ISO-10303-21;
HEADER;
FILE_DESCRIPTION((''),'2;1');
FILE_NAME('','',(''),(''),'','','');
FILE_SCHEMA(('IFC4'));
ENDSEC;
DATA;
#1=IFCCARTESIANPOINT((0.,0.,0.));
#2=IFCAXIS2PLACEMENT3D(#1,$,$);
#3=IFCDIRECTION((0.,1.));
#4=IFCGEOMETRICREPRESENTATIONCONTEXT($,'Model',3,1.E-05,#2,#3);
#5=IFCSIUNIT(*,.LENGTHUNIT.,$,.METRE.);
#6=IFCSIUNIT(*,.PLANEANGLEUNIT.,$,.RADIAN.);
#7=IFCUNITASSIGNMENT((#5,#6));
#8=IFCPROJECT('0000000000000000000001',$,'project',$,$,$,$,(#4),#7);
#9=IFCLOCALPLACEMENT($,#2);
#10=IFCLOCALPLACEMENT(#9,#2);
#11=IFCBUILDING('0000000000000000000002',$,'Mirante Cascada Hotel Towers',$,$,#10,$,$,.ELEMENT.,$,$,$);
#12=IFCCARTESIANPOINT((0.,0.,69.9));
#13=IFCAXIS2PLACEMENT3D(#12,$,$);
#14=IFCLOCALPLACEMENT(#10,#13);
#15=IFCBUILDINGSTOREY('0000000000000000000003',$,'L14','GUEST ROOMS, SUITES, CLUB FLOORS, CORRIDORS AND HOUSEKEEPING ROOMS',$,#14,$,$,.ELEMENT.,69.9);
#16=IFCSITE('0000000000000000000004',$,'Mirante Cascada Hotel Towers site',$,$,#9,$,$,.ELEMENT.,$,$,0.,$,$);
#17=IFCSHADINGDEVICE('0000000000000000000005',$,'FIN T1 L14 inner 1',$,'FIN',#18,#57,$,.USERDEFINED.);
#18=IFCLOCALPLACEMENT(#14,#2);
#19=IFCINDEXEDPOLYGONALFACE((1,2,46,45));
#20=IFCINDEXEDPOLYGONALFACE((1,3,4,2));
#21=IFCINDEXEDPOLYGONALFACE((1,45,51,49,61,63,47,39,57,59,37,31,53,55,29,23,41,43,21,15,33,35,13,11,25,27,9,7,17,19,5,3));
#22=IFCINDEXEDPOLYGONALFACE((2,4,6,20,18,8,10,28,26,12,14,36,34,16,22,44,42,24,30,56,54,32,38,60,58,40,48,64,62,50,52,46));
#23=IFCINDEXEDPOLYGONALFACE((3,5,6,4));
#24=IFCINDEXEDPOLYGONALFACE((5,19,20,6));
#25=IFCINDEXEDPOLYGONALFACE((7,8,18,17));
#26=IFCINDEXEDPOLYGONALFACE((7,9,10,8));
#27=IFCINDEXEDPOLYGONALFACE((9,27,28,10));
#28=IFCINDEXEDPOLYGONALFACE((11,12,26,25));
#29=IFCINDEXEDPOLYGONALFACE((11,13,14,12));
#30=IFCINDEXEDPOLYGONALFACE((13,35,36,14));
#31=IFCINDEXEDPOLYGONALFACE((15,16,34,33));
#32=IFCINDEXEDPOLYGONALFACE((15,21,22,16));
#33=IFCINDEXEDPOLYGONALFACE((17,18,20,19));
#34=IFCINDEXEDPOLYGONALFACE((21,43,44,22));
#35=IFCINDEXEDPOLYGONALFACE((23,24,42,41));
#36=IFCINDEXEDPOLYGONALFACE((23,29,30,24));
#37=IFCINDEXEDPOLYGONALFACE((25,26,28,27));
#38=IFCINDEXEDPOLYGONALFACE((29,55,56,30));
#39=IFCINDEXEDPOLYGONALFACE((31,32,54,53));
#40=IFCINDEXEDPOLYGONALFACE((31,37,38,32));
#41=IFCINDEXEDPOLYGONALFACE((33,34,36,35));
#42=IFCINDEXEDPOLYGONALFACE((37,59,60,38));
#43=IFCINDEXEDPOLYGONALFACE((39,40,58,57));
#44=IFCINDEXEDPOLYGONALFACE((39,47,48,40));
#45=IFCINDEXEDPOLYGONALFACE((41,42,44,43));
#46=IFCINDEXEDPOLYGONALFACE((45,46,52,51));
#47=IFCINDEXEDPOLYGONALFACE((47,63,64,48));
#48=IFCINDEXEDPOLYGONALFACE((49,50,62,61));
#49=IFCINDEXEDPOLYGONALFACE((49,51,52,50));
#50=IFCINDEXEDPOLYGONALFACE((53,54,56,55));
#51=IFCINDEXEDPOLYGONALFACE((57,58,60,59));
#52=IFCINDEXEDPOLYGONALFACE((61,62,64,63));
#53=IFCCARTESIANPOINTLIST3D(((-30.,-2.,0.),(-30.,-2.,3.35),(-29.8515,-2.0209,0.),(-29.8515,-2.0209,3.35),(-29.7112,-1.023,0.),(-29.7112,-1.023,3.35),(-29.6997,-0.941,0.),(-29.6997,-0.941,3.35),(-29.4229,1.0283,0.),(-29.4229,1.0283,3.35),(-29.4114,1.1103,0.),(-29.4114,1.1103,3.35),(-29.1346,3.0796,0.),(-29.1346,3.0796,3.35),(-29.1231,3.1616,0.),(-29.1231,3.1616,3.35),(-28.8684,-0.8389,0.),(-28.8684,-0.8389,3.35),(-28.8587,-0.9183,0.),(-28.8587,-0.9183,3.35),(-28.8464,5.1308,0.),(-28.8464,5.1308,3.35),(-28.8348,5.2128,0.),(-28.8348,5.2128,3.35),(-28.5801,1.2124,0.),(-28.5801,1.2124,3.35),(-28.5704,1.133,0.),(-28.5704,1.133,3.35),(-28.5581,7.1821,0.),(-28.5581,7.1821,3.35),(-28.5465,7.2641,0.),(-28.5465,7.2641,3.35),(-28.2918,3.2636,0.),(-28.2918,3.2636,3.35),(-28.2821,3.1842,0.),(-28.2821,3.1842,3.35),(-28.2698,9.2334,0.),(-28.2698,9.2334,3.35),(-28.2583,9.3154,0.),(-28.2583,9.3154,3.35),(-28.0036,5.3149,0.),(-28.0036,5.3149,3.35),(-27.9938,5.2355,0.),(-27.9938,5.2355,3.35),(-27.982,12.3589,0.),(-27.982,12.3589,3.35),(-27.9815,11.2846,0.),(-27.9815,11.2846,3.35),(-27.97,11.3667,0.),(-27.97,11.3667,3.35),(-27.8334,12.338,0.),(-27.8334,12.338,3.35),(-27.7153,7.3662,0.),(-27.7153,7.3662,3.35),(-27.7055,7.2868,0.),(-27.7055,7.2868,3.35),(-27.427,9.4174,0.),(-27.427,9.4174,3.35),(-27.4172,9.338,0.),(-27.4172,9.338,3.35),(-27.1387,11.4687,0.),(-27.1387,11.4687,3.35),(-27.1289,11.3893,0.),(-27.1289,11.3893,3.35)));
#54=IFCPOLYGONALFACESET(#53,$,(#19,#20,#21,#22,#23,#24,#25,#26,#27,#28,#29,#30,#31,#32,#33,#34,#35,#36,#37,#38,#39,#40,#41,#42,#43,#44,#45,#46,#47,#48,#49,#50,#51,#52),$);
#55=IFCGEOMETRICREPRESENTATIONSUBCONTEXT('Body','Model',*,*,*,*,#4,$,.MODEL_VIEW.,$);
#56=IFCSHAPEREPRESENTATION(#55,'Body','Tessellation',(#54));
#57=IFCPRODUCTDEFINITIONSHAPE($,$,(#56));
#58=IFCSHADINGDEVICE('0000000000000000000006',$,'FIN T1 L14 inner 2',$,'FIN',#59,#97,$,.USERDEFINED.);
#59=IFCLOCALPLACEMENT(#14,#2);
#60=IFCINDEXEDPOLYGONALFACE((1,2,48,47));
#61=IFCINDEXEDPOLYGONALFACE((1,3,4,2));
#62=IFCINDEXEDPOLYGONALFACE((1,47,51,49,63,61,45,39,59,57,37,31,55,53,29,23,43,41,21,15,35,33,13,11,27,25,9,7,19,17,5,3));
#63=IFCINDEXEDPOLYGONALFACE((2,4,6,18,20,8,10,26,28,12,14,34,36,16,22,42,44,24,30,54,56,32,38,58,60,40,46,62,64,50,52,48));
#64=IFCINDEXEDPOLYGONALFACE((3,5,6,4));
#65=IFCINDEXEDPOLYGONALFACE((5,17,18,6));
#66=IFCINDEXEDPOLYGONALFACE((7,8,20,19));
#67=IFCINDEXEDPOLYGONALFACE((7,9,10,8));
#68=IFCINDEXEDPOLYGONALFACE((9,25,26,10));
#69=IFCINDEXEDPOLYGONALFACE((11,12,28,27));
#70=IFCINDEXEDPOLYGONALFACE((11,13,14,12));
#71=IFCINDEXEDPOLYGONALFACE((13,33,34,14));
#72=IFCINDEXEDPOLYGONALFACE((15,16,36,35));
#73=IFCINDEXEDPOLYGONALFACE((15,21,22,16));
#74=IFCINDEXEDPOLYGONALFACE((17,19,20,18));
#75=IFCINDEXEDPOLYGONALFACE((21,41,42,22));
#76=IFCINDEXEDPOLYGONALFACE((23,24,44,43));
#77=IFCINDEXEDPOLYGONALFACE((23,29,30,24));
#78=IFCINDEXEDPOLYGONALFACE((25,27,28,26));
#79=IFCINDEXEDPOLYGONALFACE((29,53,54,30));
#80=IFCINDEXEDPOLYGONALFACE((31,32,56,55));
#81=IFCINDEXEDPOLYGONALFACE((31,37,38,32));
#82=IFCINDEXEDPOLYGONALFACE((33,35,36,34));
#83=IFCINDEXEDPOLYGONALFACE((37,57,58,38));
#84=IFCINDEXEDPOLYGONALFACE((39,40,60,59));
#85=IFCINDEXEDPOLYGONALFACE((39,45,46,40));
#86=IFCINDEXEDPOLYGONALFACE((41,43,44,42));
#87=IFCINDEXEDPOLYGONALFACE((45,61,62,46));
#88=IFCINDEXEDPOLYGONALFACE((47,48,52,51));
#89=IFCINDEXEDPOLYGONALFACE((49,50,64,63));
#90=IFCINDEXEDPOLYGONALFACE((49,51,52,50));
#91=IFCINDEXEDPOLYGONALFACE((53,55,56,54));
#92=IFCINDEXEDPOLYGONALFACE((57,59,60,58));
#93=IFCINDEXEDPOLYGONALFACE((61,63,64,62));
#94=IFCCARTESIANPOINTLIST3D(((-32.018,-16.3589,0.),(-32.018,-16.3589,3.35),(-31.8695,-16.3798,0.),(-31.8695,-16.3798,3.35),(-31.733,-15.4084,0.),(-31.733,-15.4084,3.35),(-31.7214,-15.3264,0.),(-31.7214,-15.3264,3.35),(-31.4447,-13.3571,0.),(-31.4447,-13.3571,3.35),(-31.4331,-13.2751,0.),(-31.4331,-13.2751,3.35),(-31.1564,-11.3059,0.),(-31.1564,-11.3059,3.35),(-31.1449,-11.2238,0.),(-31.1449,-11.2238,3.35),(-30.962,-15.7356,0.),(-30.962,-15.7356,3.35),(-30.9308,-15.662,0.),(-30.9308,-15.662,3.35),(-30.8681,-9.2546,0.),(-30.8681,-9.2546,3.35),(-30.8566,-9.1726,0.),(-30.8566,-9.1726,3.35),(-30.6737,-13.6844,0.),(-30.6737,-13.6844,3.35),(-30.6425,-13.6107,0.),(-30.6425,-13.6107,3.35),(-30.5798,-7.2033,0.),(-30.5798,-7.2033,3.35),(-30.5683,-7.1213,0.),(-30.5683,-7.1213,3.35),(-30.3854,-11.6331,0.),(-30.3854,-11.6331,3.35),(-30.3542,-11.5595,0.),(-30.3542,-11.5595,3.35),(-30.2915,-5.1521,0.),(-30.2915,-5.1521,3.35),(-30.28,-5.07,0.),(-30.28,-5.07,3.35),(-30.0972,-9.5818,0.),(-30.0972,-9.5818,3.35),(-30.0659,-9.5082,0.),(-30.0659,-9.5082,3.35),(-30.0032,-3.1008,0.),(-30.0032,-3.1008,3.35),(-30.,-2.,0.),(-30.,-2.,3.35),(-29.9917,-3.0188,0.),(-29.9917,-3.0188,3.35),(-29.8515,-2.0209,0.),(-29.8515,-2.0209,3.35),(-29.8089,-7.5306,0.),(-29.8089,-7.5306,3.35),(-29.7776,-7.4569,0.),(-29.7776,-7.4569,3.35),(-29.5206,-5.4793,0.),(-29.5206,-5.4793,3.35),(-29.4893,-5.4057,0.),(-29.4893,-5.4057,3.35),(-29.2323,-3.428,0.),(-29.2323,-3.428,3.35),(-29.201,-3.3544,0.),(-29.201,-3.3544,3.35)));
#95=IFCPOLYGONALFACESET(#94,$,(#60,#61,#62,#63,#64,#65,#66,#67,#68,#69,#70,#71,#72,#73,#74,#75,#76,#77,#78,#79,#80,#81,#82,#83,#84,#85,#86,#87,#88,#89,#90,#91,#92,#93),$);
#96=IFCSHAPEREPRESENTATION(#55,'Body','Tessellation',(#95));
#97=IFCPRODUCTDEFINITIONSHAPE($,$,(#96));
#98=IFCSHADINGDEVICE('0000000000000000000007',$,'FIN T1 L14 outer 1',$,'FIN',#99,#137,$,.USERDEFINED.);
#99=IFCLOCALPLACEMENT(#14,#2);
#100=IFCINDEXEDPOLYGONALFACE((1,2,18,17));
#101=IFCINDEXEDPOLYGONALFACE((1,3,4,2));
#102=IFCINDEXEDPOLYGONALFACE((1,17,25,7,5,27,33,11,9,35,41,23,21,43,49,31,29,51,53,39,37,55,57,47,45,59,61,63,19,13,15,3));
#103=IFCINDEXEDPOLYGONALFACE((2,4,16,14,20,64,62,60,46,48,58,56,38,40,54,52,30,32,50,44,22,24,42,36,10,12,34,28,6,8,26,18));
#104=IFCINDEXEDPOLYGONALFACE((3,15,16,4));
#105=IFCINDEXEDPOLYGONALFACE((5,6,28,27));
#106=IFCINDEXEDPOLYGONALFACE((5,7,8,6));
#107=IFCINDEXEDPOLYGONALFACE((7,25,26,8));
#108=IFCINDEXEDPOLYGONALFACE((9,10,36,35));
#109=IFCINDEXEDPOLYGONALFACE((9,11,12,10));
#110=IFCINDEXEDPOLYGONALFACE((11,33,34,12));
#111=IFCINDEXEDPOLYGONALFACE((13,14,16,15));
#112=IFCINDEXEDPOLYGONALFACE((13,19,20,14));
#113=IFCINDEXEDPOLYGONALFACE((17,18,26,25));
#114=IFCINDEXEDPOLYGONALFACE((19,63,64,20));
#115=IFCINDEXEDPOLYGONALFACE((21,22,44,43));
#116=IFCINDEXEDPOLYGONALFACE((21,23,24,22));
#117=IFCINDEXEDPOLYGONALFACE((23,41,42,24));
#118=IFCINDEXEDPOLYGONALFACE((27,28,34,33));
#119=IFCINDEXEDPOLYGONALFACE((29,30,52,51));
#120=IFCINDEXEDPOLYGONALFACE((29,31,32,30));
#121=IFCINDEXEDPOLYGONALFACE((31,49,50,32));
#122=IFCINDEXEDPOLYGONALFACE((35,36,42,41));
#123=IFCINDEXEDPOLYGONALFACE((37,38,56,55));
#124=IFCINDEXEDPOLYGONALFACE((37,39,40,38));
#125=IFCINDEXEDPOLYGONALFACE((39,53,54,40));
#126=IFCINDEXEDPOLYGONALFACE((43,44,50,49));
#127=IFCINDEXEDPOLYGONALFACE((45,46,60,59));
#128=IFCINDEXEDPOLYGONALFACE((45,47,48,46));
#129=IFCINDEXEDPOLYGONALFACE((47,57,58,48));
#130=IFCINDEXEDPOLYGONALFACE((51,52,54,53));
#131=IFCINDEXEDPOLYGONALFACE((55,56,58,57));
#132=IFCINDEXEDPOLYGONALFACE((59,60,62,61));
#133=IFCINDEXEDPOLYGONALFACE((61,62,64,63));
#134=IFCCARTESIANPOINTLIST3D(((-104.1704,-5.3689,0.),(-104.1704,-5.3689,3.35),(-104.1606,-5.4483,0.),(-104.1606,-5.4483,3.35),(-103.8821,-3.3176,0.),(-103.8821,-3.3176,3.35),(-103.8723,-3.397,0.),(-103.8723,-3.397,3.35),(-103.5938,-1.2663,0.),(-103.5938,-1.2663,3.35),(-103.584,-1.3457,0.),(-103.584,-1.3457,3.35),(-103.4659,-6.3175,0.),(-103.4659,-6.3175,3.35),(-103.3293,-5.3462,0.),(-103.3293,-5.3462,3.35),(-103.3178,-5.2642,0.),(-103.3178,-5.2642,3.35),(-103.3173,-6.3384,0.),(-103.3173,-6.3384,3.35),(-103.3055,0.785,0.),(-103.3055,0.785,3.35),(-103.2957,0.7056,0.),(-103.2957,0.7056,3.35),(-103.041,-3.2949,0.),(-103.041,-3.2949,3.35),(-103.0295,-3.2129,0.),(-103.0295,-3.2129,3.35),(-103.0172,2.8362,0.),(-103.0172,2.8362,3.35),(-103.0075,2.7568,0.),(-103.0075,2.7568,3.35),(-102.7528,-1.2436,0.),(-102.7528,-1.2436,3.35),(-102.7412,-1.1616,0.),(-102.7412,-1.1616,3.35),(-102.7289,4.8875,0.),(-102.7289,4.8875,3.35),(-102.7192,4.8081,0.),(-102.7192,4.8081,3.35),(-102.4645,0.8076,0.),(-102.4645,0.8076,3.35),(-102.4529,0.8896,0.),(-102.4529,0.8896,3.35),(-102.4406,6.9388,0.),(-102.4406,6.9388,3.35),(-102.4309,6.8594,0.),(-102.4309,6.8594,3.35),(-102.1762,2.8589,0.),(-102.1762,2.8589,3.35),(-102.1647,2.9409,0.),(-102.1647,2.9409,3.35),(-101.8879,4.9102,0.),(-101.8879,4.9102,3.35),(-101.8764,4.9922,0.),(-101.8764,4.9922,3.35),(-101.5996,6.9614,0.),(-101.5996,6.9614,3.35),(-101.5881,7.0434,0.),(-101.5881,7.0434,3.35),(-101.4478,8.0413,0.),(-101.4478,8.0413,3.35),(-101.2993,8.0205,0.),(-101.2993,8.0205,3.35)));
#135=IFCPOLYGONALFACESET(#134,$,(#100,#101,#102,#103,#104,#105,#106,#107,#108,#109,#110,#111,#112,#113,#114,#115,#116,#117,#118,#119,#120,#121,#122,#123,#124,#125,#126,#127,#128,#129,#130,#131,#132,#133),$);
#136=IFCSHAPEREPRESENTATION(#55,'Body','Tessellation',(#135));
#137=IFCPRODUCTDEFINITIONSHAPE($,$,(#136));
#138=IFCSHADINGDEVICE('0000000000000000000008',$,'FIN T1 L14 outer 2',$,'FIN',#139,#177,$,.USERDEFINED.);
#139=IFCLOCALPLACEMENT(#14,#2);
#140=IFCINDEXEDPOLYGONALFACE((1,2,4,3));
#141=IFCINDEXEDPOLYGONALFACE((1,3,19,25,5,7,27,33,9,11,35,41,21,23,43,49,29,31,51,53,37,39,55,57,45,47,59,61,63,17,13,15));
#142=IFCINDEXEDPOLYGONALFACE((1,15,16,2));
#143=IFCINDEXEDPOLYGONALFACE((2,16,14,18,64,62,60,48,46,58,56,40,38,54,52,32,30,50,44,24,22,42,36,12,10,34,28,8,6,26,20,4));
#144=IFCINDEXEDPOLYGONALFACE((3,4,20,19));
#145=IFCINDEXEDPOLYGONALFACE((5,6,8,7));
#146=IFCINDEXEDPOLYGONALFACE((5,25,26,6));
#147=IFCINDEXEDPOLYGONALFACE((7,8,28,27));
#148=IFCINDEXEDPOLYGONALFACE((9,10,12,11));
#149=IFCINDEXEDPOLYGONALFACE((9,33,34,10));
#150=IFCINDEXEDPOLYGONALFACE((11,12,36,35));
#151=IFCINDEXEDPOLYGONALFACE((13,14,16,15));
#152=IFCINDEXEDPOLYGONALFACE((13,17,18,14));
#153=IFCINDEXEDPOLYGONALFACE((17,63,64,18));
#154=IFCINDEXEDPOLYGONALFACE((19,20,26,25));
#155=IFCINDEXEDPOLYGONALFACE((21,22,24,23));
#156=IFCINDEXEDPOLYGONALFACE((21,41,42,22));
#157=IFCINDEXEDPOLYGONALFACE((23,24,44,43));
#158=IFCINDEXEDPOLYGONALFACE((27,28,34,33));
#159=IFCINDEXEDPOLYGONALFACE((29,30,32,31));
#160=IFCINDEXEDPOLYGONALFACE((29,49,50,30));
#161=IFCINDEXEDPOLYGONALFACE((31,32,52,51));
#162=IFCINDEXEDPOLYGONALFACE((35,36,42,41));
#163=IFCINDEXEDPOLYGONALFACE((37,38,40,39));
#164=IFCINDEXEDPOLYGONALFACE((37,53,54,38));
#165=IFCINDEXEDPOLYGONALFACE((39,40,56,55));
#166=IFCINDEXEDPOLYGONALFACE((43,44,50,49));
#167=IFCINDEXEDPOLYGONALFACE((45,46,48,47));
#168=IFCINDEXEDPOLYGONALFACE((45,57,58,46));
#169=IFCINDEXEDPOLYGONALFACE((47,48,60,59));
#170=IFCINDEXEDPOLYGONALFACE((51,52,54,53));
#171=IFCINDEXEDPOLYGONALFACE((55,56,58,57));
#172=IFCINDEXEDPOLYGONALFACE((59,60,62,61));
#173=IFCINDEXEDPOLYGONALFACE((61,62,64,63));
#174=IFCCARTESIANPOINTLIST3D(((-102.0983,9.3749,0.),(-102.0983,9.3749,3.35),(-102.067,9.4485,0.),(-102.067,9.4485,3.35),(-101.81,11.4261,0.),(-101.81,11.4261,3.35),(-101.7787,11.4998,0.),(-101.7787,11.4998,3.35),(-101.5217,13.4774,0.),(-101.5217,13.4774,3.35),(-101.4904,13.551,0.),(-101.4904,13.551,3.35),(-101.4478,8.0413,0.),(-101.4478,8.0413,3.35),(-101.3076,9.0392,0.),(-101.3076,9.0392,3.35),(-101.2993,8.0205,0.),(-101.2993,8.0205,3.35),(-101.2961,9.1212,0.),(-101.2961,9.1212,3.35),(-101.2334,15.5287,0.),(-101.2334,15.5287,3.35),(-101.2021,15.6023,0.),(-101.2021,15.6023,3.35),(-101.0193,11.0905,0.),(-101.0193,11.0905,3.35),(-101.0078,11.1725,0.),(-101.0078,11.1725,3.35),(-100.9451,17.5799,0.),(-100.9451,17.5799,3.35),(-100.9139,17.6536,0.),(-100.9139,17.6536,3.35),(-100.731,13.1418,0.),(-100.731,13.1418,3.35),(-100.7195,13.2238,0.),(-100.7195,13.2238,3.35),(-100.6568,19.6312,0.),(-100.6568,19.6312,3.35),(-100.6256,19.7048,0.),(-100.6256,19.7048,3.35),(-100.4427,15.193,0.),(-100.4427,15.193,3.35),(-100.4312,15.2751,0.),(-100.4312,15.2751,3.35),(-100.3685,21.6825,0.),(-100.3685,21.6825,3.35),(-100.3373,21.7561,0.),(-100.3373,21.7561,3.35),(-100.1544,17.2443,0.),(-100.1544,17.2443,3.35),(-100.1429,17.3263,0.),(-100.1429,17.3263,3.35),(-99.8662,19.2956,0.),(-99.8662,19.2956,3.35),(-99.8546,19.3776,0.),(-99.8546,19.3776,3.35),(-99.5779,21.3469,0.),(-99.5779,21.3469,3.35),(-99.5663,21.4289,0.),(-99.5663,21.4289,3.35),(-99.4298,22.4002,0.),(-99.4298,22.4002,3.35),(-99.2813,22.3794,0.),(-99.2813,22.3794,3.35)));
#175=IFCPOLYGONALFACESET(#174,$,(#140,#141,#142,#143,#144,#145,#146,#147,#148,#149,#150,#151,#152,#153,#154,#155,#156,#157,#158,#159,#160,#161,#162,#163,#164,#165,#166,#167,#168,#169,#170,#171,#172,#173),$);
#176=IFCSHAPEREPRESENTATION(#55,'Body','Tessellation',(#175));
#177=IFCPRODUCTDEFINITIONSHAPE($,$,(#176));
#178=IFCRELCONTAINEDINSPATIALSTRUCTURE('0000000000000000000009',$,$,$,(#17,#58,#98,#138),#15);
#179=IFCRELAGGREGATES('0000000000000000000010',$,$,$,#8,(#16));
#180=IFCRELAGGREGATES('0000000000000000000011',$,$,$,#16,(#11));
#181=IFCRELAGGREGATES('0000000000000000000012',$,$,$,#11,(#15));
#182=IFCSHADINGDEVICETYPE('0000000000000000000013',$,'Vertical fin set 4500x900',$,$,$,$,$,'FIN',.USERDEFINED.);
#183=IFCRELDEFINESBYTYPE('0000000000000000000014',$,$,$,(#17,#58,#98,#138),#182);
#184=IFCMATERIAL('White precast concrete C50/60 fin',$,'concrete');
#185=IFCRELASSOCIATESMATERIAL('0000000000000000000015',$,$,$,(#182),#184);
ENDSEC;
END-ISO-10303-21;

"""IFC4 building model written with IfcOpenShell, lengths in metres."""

from ifc_helpers import new_model, si_unit, direction, frame, origin, place, context, subcontext, project, spatial, polyline, outline, extrude, material, type_object, element, save


model = new_model("IFC4")

# Units and contexts
model_context = context("Model", 3, precision=1e-05, world=origin(), true_north=direction((0.0, 1.0)))
body_context = subcontext(model_context, "Body", "Model", "MODEL_VIEW")
ifc_project = project(units=[si_unit("LENGTHUNIT", "METRE"), si_unit("PLANEANGLEUNIT", "RADIAN")], contexts=[model_context])

# Site, building, storey
site_placement = place(None, origin())
site = spatial("IfcSite", under=ifc_project, at=site_placement, Name="Mirante Cascada Hotel Towers site", CompositionType="ELEMENT", RefElevation=0.0)
building_placement = place(site_placement, origin())
building = spatial("IfcBuilding", under=site, at=building_placement, Name="Mirante Cascada Hotel Towers", CompositionType="ELEMENT")
storey_placement = place(building_placement, frame((0.0, 0.0, 69.9)))
storey = spatial("IfcBuildingStorey", under=building, at=storey_placement, Name="L14", Description="GUEST ROOMS, SUITES, CLUB FLOORS, CORRIDORS AND HOUSEKEEPING ROOMS", CompositionType="ELEMENT", Elevation=69.9)

# Shading devices
ifc_material_1 = material(Name="White precast concrete C50/60 fin", Category="concrete")
shading_device_type = type_object("IfcShadingDeviceType", Name="Vertical fin set 4500x900", ElementType="FIN", PredefinedType="USERDEFINED", material=ifc_material_1)
shading_device_1_placement = place(storey_placement, origin())
element("IfcShadingDevice", 1, at=shading_device_1_placement, inside=storey, type_object=shading_device_type, Name="FIN T1 L14 inner 1", ObjectType="FIN", PredefinedType="USERDEFINED", context=body_context, shape_type="SweptSolid", body=[
    extrude(outline(polyline([(-29.7112, -1.023), (-29.8515, -2.0209), (-30.0, -2.0), (-27.982, 12.3589), (-27.8334, 12.338), (-27.97, 11.3667), (-27.1387, 11.4687), (-27.1289, 11.3893), (-27.9815, 11.2846), (-28.2583, 9.3154), (-27.427, 9.4174), (-27.4172, 9.338), (-28.2698, 9.2334), (-28.5465, 7.2641), (-27.7153, 7.3662), (-27.7055, 7.2868), (-28.5581, 7.1821), (-28.8348, 5.2128), (-28.0036, 5.3149), (-27.9938, 5.2355), (-28.8464, 5.1308), (-29.1231, 3.1616), (-28.2918, 3.2636), (-28.2821, 3.1842), (-29.1346, 3.0796), (-29.4114, 1.1103), (-28.5801, 1.2124), (-28.5704, 1.133), (-29.4229, 1.0283), (-29.6997, -0.941), (-28.8684, -0.8389), (-28.8587, -0.9183), (-29.7112, -1.023)])), origin(), (0.0, 0.0, 1.0), 3.35),
])
shading_device_2_placement = place(storey_placement, origin())
element("IfcShadingDevice", 2, at=shading_device_2_placement, inside=storey, type_object=shading_device_type, Name="FIN T1 L14 inner 2", ObjectType="FIN", PredefinedType="USERDEFINED", context=body_context, shape_type="SweptSolid", body=[
    extrude(outline(polyline([(-31.733, -15.4084), (-31.8695, -16.3798), (-32.018, -16.3589), (-30.0, -2.0), (-29.8515, -2.0209), (-29.9917, -3.0188), (-29.201, -3.3544), (-29.2323, -3.428), (-30.0032, -3.1008), (-30.28, -5.07), (-29.4893, -5.4057), (-29.5206, -5.4793), (-30.2915, -5.1521), (-30.5683, -7.1213), (-29.7776, -7.4569), (-29.8089, -7.5306), (-30.5798, -7.2033), (-30.8566, -9.1726), (-30.0659, -9.5082), (-30.0972, -9.5818), (-30.8681, -9.2546), (-31.1449, -11.2238), (-30.3542, -11.5595), (-30.3854, -11.6331), (-31.1564, -11.3059), (-31.4331, -13.2751), (-30.6425, -13.6107), (-30.6737, -13.6844), (-31.4447, -13.3571), (-31.7214, -15.3264), (-30.9308, -15.662), (-30.962, -15.7356), (-31.733, -15.4084)])), origin(), (0.0, 0.0, 1.0), 3.35),
])
shading_device_3_placement = place(storey_placement, origin())
element("IfcShadingDevice", 3, at=shading_device_3_placement, inside=storey, type_object=shading_device_type, Name="FIN T1 L14 outer 1", ObjectType="FIN", PredefinedType="USERDEFINED", context=body_context, shape_type="SweptSolid", body=[
    extrude(outline(polyline([(-103.3178, -5.2642), (-103.041, -3.2949), (-103.8723, -3.397), (-103.8821, -3.3176), (-103.0295, -3.2129), (-102.7528, -1.2436), (-103.584, -1.3457), (-103.5938, -1.2663), (-102.7412, -1.1616), (-102.4645, 0.8076), (-103.2957, 0.7056), (-103.3055, 0.785), (-102.4529, 0.8896), (-102.1762, 2.8589), (-103.0075, 2.7568), (-103.0172, 2.8362), (-102.1647, 2.9409), (-101.8879, 4.9102), (-102.7192, 4.8081), (-102.7289, 4.8875), (-101.8764, 4.9922), (-101.5996, 6.9614), (-102.4309, 6.8594), (-102.4406, 6.9388), (-101.5881, 7.0434), (-101.4478, 8.0413), (-101.2993, 8.0205), (-103.3173, -6.3384), (-103.4659, -6.3175), (-103.3293, -5.3462), (-104.1606, -5.4483), (-104.1704, -5.3689), (-103.3178, -5.2642)])), origin(), (0.0, 0.0, 1.0), 3.35),
])
shading_device_4_placement = place(storey_placement, origin())
element("IfcShadingDevice", 4, at=shading_device_4_placement, inside=storey, type_object=shading_device_type, Name="FIN T1 L14 outer 2", ObjectType="FIN", PredefinedType="USERDEFINED", context=body_context, shape_type="SweptSolid", body=[
    extrude(outline(polyline([(-101.2961, 9.1212), (-101.0193, 11.0905), (-101.81, 11.4261), (-101.7787, 11.4998), (-101.0078, 11.1725), (-100.731, 13.1418), (-101.5217, 13.4774), (-101.4904, 13.551), (-100.7195, 13.2238), (-100.4427, 15.193), (-101.2334, 15.5287), (-101.2021, 15.6023), (-100.4312, 15.2751), (-100.1544, 17.2443), (-100.9451, 17.5799), (-100.9139, 17.6536), (-100.1429, 17.3263), (-99.8662, 19.2956), (-100.6568, 19.6312), (-100.6256, 19.7048), (-99.8546, 19.3776), (-99.5779, 21.3469), (-100.3685, 21.6825), (-100.3373, 21.7561), (-99.5663, 21.4289), (-99.4298, 22.4002), (-99.2813, 22.3794), (-101.2993, 8.0205), (-101.4478, 8.0413), (-101.3076, 9.0392), (-102.0983, 9.3749), (-102.067, 9.4485), (-101.2961, 9.1212)])), origin(), (0.0, 0.0, 1.0), 3.35),
])

save(model, "model.ifc")
